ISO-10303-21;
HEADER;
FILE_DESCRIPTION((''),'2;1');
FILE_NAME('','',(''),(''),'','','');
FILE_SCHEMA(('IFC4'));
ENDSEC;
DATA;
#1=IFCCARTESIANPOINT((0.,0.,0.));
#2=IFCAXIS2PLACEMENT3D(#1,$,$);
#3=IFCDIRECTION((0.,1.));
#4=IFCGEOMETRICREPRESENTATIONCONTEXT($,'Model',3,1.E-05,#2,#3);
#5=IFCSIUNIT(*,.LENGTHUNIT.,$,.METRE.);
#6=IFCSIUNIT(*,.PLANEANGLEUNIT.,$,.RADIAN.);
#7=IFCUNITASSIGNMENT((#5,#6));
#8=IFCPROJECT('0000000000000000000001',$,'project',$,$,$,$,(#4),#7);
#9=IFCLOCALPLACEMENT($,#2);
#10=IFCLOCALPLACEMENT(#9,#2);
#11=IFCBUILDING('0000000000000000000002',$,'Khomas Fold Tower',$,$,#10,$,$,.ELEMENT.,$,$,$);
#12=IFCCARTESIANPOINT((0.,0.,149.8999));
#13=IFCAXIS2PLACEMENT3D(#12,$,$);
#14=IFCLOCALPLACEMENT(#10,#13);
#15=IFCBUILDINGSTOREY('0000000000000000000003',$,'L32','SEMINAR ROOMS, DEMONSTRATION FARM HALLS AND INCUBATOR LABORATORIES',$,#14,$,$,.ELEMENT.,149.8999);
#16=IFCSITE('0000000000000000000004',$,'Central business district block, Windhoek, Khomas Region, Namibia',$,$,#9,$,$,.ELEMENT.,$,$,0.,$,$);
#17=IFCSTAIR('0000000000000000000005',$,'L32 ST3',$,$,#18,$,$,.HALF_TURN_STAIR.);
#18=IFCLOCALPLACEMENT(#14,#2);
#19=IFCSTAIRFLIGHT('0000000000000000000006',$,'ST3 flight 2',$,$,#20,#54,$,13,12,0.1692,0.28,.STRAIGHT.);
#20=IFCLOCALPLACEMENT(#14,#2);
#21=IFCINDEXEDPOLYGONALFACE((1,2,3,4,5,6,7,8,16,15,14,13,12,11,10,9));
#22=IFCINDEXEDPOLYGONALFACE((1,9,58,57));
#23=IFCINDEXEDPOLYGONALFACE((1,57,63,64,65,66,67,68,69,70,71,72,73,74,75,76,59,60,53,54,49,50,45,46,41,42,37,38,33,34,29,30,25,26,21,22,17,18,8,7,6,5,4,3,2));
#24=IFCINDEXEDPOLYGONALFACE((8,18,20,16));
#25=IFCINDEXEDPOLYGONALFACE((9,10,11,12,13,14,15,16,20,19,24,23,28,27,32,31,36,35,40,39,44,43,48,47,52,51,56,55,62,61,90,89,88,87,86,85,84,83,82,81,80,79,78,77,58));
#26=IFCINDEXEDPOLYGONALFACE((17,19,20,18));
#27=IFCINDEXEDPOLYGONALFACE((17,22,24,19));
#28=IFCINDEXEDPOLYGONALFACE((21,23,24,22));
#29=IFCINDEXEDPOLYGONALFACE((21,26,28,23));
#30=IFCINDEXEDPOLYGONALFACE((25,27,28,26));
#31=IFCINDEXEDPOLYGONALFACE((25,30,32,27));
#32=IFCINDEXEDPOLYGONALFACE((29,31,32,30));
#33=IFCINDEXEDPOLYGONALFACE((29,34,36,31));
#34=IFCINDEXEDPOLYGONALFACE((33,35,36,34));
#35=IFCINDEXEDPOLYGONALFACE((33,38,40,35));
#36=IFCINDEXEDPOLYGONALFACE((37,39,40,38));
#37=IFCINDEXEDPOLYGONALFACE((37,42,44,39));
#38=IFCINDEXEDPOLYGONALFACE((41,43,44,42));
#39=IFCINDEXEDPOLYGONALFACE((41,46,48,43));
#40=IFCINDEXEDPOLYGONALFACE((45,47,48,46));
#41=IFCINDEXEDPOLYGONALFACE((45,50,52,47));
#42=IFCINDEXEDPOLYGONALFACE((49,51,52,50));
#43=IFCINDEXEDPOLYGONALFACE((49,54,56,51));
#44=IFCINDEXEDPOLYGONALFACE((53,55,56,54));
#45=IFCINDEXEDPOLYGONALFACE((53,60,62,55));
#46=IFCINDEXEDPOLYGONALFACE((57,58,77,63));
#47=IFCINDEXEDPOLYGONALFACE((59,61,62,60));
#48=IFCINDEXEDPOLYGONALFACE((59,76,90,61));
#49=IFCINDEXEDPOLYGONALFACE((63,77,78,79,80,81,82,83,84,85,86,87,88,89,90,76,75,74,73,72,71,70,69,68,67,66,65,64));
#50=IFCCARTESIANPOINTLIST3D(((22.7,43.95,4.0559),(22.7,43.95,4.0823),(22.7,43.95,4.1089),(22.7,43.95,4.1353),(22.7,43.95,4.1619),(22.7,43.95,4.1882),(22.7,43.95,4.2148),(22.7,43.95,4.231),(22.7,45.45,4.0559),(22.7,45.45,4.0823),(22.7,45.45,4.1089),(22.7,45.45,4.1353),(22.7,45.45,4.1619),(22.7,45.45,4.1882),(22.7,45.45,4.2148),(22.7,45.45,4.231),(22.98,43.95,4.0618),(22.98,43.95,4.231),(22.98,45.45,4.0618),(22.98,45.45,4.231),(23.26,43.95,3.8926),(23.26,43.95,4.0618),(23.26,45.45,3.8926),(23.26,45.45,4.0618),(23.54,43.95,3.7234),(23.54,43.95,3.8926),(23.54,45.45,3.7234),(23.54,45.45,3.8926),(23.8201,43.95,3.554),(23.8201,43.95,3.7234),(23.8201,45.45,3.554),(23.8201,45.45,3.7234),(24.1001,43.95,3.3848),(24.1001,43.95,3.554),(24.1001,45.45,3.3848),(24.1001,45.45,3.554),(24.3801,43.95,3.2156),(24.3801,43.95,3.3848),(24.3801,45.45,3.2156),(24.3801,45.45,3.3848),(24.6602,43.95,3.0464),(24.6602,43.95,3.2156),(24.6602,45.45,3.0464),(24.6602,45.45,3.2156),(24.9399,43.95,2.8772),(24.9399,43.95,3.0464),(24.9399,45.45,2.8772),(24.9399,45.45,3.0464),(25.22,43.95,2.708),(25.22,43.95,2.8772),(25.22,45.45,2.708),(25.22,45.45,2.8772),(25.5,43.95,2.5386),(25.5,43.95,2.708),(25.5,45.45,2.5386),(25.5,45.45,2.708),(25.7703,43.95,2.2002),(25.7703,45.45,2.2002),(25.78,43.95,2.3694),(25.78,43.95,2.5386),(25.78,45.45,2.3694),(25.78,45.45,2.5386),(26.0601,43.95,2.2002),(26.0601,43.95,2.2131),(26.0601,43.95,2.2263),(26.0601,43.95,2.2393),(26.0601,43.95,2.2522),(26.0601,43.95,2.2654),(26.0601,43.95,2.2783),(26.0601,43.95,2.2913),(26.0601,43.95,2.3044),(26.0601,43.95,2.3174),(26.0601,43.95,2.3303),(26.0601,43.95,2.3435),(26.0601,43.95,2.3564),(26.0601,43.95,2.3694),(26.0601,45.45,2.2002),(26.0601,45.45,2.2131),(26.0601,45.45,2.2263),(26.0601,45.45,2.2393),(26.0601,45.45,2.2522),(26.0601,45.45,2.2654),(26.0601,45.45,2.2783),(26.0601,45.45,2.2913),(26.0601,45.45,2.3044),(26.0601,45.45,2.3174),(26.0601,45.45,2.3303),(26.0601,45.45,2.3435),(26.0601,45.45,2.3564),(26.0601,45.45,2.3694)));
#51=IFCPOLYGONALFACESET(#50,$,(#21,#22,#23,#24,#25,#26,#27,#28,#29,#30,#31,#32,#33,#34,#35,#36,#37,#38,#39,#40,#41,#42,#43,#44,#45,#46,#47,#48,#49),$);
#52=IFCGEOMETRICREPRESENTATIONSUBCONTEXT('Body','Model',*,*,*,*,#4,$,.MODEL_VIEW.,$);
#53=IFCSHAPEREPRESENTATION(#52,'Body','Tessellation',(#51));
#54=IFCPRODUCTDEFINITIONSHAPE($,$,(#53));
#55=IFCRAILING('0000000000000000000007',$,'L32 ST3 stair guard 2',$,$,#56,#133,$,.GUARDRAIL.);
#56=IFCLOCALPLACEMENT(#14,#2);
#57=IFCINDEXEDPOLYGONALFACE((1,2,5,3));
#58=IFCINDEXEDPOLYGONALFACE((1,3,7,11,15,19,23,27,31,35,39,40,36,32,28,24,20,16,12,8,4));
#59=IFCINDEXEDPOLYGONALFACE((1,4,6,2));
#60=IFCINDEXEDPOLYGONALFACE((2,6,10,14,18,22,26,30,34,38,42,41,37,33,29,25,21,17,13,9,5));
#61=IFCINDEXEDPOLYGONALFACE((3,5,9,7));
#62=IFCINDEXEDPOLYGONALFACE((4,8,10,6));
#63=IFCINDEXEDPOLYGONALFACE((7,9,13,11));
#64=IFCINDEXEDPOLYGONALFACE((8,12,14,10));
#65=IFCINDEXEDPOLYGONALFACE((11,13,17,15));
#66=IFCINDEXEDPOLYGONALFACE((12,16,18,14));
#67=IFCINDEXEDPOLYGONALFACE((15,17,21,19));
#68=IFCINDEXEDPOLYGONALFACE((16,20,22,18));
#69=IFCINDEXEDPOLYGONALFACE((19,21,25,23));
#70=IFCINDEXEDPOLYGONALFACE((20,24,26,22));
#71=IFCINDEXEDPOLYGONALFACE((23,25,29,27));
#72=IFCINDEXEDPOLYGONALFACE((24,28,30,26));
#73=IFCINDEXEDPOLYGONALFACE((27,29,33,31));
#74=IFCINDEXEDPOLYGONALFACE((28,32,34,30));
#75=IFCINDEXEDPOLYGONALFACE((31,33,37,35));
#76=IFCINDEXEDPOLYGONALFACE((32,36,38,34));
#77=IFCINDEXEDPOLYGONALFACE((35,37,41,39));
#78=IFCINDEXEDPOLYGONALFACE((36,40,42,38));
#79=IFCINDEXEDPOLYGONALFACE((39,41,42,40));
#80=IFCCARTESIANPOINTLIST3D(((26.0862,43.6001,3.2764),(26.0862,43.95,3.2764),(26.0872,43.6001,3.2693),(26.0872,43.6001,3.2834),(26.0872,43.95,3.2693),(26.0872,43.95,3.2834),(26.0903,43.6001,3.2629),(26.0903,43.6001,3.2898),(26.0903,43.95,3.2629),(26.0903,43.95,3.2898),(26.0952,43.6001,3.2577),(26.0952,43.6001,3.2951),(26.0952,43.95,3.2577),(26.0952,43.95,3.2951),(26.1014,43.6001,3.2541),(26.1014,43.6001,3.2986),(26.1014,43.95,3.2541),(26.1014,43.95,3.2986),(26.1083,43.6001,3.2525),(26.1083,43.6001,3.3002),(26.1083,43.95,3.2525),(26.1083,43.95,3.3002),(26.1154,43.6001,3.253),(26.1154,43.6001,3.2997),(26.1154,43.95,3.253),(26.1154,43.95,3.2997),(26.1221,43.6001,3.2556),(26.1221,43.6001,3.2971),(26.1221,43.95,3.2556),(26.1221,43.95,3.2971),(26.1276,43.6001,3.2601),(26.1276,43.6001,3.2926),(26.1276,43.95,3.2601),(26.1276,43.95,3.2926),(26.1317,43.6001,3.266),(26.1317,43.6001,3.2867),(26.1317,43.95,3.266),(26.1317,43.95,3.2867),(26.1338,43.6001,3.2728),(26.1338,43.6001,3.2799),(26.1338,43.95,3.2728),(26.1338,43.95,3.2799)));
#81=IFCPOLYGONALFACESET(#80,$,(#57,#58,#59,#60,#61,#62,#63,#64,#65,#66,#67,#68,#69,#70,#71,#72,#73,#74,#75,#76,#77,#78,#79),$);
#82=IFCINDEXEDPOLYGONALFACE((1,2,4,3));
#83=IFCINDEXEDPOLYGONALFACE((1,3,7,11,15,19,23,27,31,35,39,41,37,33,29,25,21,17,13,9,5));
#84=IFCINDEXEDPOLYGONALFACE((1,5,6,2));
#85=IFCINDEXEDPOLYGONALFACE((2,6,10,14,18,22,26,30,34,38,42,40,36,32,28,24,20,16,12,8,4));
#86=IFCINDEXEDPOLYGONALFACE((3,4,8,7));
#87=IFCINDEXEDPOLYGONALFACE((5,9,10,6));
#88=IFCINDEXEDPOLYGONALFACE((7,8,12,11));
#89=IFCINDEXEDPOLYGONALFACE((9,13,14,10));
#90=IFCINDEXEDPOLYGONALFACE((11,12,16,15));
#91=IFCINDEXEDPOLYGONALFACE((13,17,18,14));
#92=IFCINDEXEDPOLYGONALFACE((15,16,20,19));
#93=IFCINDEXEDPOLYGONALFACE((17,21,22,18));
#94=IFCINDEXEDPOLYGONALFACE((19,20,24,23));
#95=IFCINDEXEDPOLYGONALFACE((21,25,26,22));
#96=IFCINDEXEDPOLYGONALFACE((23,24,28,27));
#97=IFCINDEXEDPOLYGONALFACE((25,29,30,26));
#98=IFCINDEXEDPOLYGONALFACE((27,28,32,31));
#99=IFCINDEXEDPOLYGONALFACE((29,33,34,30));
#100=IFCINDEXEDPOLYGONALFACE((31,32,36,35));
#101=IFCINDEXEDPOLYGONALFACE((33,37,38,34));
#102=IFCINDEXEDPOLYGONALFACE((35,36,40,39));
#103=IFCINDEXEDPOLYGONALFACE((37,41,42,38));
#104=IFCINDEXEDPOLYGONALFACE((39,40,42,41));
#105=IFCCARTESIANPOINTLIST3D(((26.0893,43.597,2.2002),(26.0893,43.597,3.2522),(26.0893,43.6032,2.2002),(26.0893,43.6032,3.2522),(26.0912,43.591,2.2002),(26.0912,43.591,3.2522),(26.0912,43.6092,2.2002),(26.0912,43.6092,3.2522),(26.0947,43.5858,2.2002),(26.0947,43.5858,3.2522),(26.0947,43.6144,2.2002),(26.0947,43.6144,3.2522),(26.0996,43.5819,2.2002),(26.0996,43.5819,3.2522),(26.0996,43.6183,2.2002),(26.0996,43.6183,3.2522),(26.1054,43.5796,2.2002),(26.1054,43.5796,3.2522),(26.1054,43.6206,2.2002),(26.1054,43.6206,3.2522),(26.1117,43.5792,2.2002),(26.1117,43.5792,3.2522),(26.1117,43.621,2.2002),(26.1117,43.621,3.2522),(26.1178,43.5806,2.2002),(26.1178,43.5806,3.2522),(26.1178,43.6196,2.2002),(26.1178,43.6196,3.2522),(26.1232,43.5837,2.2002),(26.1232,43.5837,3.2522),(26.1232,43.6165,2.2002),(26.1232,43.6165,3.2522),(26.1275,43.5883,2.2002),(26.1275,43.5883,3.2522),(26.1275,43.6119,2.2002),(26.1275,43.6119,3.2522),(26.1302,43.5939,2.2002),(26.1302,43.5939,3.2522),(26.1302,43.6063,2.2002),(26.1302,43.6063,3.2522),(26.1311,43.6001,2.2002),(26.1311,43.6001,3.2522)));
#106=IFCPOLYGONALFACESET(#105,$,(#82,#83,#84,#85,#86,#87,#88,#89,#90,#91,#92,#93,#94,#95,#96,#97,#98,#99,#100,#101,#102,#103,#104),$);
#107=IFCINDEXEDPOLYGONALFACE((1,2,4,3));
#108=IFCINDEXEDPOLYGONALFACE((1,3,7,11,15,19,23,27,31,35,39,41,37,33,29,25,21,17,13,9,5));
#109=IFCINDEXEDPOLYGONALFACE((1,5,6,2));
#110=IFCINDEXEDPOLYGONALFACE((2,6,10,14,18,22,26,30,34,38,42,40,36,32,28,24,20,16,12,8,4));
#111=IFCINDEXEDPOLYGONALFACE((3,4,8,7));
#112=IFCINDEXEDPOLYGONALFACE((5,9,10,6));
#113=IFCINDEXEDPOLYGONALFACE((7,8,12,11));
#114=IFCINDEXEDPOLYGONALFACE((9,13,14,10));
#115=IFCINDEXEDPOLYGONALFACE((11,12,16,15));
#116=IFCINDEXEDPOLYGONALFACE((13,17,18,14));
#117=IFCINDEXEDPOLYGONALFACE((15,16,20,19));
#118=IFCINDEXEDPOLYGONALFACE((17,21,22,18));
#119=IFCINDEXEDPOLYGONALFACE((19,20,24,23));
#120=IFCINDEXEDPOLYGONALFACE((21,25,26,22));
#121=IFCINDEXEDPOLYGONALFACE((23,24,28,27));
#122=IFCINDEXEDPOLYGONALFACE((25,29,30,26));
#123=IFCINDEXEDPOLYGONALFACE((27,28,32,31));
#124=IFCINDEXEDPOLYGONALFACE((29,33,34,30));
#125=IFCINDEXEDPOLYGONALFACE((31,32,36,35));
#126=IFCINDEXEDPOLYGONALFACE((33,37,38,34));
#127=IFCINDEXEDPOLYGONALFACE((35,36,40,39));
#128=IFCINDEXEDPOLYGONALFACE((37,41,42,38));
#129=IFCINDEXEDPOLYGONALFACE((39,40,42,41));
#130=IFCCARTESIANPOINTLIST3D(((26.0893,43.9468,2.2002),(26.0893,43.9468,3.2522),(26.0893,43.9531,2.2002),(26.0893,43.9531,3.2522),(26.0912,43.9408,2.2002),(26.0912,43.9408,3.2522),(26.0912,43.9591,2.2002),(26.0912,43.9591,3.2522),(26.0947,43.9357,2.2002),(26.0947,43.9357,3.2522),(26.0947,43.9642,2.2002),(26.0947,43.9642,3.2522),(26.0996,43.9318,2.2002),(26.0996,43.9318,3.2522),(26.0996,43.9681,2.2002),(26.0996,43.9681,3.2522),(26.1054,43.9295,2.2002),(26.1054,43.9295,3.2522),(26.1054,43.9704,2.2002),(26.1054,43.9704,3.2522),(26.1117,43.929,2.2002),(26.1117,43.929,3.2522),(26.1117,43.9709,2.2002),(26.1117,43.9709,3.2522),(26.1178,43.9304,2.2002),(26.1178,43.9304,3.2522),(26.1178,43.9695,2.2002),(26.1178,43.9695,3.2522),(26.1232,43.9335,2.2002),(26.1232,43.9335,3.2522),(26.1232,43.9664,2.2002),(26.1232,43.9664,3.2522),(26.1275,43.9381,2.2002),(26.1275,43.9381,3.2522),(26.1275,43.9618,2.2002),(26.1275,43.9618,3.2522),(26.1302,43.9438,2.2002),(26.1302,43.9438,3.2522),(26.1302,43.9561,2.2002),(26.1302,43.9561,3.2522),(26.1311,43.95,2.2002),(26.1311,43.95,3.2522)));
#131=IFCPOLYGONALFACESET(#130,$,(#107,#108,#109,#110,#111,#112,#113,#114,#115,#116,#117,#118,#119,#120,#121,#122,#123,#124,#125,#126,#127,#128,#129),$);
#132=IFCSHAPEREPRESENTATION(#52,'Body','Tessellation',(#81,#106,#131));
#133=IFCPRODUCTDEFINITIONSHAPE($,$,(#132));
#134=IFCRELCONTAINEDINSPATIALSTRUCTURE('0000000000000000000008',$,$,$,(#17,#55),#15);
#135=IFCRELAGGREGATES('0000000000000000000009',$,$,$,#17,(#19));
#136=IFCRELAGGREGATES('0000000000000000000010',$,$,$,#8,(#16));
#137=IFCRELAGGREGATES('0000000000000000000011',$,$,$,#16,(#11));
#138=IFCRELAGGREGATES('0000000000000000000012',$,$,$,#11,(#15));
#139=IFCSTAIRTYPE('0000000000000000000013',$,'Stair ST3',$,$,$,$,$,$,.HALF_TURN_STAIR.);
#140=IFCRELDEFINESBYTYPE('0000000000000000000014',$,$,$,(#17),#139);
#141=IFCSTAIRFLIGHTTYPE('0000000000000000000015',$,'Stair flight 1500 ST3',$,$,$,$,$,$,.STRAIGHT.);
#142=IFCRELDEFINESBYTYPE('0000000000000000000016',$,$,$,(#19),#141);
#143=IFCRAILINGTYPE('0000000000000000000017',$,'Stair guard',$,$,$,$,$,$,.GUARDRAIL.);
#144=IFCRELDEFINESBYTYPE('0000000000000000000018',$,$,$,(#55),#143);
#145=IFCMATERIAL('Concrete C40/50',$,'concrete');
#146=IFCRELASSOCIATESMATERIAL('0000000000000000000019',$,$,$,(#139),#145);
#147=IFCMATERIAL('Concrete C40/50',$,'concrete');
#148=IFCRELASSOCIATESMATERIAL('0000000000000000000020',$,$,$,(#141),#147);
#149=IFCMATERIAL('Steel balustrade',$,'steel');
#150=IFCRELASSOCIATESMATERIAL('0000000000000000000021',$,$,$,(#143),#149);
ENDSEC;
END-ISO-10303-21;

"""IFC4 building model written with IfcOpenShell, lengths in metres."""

from ifc_helpers import new_model, si_unit, direction, frame, origin, origin_2d, place, context, subcontext, project, spatial, polyline, circle, outline, extrude, source, transform, mapped, material, type_object, element, aggregate, save


model = new_model("IFC4")

# Units and contexts
model_context = context("Model", 3, precision=1e-05, world=origin(), true_north=direction((0.0, 1.0)))
body_context = subcontext(model_context, "Body", "Model", "MODEL_VIEW")
ifc_project = project(units=[si_unit("LENGTHUNIT", "METRE"), si_unit("PLANEANGLEUNIT", "RADIAN")], contexts=[model_context])

# Site, building, storey
site_placement = place(None, origin())
site = spatial("IfcSite", under=ifc_project, at=site_placement, Name="Central business district block, Windhoek, Khomas Region, Namibia", CompositionType="ELEMENT", RefElevation=0.0)
building_placement = place(site_placement, origin())
building = spatial("IfcBuilding", under=site, at=building_placement, Name="Khomas Fold Tower", CompositionType="ELEMENT")
storey_placement = place(building_placement, frame((0.0, 0.0, 149.8999)))
storey = spatial("IfcBuildingStorey", under=building, at=storey_placement, Name="L32", Description="SEMINAR ROOMS, DEMONSTRATION FARM HALLS AND INCUBATOR LABORATORIES", CompositionType="ELEMENT", Elevation=149.8999)

# Stair, stair flight
ifc_material_1 = material(Name="Concrete C40/50", Category="concrete")
stair_type = type_object("IfcStairType", Name="Stair ST3", PredefinedType="HALF_TURN_STAIR", material=ifc_material_1)
stair_placement = place(storey_placement, origin())
stair = element("IfcStair", 1, at=stair_placement, inside=storey, type_object=stair_type, Name="L32 ST3", PredefinedType="HALF_TURN_STAIR")
ifc_material_2 = material(Name="Concrete C40/50", Category="concrete")
stair_flight_type = type_object("IfcStairFlightType", Name="Stair flight 1500 ST3", PredefinedType="STRAIGHT", material=ifc_material_2)
shared_shape_1 = source(origin(), body_context, "Body", "SweptSolid", [
    extrude(outline(polyline([(0.0, 0.0), (0.0, 0.0129), (0.0, 0.0261), (0.0, 0.0391), (0.0, 0.052), (0.0, 0.0652), (0.0, 0.0781), (0.0, 0.0911), (0.0, 0.1042), (0.0, 0.1172), (0.0, 0.1301), (0.0, 0.1433), (0.0, 0.1562), (0.0, 0.1692), (0.28, 0.1692), (0.28, 0.3384), (0.5601, 0.3384), (0.5601, 0.5078), (0.8401, 0.5078), (0.8401, 0.677), (1.1201, 0.677), (1.1201, 0.8462), (1.3999, 0.8462), (1.3999, 1.0154), (1.6799, 1.0154), (1.6799, 1.1846), (1.96, 1.1846), (1.96, 1.3538), (2.24, 1.3538), (2.24, 1.5232), (2.52, 1.5232), (2.52, 1.6924), (2.8, 1.6924), (2.8, 1.8616), (3.0801, 1.8616), (3.0801, 2.0308), (3.3601, 2.0308), (3.3601, 2.2), (3.3601, 2.1736), (3.3601, 2.147), (3.3601, 2.1206), (3.3601, 2.094), (3.3601, 2.0676), (3.3601, 2.041), (3.3601, 2.0146), (3.3601, 1.988), (3.3601, 1.9617), (3.3601, 1.9351), (3.3601, 1.9087), (3.3601, 1.8821), (3.3601, 1.8557), (0.2898, 0.0), (0.0, 0.0)])), frame((0.0, 0.75, 0.0), z_axis=(0.0, -1.0, 0.0), x_axis=(1.0, 0.0, 0.0)), (0.0, 0.0, 1.0), 1.5),
])
stair_flight_1_placement = place(storey_placement, frame((26.0601, 44.7, 2.2002), z_axis=(0.0, 0.0, 1.0), x_axis=(-1.0, 0.0, 0.0)))
stair_flight_1 = element("IfcStairFlight", 2, at=stair_flight_1_placement, type_object=stair_flight_type, Name="ST3 flight 2", NumberOfRisers=13, NumberOfTreads=12, PredefinedType="STRAIGHT", RiserHeight=0.1692, TreadLength=0.28, context=body_context, shape_type="MappedRepresentation", body=[
    mapped(shared_shape_1, transform((0.0, 0.0, 0.0))),
])
aggregate(stair, [stair_flight_1])

# Railing
ifc_material_3 = material(Name="Steel balustrade", Category="steel")
railing_type_1 = type_object("IfcRailingType", Name="Stair guard", PredefinedType="GUARDRAIL", material=ifc_material_3)
shared_shape_2 = source(origin(), body_context, "Body", "SweptSolid", [
    extrude(circle(Radius=0.0239, at=origin_2d()), frame((0.0, 0.0, 1.0762), z_axis=(0.0, 1.0, 0.0), x_axis=(-1.0, 0.0, 0.0)), (0.0, 0.0, 1.0), 0.3499),
    extrude(circle(Radius=0.021, at=origin_2d()), origin(), (0.0, 0.0, 1.0), 1.052),
    extrude(circle(Radius=0.021, at=origin_2d()), frame((0.0, 0.3499, 0.0)), (0.0, 0.0, 1.0), 1.052),
])
for number, where, name in (
    (3, (26.1101, 43.6001, 2.2002), "L32 ST3 stair guard 2"),
):
    element("IfcRailing", number, at=place(storey_placement, frame(where)), inside=storey, type_object=railing_type_1, Name=name, PredefinedType="GUARDRAIL", context=body_context, shape_type="MappedRepresentation", body=[
        mapped(shared_shape_2, transform((0.0, 0.0, 0.0))),
    ])

save(model, "model.ifc")
